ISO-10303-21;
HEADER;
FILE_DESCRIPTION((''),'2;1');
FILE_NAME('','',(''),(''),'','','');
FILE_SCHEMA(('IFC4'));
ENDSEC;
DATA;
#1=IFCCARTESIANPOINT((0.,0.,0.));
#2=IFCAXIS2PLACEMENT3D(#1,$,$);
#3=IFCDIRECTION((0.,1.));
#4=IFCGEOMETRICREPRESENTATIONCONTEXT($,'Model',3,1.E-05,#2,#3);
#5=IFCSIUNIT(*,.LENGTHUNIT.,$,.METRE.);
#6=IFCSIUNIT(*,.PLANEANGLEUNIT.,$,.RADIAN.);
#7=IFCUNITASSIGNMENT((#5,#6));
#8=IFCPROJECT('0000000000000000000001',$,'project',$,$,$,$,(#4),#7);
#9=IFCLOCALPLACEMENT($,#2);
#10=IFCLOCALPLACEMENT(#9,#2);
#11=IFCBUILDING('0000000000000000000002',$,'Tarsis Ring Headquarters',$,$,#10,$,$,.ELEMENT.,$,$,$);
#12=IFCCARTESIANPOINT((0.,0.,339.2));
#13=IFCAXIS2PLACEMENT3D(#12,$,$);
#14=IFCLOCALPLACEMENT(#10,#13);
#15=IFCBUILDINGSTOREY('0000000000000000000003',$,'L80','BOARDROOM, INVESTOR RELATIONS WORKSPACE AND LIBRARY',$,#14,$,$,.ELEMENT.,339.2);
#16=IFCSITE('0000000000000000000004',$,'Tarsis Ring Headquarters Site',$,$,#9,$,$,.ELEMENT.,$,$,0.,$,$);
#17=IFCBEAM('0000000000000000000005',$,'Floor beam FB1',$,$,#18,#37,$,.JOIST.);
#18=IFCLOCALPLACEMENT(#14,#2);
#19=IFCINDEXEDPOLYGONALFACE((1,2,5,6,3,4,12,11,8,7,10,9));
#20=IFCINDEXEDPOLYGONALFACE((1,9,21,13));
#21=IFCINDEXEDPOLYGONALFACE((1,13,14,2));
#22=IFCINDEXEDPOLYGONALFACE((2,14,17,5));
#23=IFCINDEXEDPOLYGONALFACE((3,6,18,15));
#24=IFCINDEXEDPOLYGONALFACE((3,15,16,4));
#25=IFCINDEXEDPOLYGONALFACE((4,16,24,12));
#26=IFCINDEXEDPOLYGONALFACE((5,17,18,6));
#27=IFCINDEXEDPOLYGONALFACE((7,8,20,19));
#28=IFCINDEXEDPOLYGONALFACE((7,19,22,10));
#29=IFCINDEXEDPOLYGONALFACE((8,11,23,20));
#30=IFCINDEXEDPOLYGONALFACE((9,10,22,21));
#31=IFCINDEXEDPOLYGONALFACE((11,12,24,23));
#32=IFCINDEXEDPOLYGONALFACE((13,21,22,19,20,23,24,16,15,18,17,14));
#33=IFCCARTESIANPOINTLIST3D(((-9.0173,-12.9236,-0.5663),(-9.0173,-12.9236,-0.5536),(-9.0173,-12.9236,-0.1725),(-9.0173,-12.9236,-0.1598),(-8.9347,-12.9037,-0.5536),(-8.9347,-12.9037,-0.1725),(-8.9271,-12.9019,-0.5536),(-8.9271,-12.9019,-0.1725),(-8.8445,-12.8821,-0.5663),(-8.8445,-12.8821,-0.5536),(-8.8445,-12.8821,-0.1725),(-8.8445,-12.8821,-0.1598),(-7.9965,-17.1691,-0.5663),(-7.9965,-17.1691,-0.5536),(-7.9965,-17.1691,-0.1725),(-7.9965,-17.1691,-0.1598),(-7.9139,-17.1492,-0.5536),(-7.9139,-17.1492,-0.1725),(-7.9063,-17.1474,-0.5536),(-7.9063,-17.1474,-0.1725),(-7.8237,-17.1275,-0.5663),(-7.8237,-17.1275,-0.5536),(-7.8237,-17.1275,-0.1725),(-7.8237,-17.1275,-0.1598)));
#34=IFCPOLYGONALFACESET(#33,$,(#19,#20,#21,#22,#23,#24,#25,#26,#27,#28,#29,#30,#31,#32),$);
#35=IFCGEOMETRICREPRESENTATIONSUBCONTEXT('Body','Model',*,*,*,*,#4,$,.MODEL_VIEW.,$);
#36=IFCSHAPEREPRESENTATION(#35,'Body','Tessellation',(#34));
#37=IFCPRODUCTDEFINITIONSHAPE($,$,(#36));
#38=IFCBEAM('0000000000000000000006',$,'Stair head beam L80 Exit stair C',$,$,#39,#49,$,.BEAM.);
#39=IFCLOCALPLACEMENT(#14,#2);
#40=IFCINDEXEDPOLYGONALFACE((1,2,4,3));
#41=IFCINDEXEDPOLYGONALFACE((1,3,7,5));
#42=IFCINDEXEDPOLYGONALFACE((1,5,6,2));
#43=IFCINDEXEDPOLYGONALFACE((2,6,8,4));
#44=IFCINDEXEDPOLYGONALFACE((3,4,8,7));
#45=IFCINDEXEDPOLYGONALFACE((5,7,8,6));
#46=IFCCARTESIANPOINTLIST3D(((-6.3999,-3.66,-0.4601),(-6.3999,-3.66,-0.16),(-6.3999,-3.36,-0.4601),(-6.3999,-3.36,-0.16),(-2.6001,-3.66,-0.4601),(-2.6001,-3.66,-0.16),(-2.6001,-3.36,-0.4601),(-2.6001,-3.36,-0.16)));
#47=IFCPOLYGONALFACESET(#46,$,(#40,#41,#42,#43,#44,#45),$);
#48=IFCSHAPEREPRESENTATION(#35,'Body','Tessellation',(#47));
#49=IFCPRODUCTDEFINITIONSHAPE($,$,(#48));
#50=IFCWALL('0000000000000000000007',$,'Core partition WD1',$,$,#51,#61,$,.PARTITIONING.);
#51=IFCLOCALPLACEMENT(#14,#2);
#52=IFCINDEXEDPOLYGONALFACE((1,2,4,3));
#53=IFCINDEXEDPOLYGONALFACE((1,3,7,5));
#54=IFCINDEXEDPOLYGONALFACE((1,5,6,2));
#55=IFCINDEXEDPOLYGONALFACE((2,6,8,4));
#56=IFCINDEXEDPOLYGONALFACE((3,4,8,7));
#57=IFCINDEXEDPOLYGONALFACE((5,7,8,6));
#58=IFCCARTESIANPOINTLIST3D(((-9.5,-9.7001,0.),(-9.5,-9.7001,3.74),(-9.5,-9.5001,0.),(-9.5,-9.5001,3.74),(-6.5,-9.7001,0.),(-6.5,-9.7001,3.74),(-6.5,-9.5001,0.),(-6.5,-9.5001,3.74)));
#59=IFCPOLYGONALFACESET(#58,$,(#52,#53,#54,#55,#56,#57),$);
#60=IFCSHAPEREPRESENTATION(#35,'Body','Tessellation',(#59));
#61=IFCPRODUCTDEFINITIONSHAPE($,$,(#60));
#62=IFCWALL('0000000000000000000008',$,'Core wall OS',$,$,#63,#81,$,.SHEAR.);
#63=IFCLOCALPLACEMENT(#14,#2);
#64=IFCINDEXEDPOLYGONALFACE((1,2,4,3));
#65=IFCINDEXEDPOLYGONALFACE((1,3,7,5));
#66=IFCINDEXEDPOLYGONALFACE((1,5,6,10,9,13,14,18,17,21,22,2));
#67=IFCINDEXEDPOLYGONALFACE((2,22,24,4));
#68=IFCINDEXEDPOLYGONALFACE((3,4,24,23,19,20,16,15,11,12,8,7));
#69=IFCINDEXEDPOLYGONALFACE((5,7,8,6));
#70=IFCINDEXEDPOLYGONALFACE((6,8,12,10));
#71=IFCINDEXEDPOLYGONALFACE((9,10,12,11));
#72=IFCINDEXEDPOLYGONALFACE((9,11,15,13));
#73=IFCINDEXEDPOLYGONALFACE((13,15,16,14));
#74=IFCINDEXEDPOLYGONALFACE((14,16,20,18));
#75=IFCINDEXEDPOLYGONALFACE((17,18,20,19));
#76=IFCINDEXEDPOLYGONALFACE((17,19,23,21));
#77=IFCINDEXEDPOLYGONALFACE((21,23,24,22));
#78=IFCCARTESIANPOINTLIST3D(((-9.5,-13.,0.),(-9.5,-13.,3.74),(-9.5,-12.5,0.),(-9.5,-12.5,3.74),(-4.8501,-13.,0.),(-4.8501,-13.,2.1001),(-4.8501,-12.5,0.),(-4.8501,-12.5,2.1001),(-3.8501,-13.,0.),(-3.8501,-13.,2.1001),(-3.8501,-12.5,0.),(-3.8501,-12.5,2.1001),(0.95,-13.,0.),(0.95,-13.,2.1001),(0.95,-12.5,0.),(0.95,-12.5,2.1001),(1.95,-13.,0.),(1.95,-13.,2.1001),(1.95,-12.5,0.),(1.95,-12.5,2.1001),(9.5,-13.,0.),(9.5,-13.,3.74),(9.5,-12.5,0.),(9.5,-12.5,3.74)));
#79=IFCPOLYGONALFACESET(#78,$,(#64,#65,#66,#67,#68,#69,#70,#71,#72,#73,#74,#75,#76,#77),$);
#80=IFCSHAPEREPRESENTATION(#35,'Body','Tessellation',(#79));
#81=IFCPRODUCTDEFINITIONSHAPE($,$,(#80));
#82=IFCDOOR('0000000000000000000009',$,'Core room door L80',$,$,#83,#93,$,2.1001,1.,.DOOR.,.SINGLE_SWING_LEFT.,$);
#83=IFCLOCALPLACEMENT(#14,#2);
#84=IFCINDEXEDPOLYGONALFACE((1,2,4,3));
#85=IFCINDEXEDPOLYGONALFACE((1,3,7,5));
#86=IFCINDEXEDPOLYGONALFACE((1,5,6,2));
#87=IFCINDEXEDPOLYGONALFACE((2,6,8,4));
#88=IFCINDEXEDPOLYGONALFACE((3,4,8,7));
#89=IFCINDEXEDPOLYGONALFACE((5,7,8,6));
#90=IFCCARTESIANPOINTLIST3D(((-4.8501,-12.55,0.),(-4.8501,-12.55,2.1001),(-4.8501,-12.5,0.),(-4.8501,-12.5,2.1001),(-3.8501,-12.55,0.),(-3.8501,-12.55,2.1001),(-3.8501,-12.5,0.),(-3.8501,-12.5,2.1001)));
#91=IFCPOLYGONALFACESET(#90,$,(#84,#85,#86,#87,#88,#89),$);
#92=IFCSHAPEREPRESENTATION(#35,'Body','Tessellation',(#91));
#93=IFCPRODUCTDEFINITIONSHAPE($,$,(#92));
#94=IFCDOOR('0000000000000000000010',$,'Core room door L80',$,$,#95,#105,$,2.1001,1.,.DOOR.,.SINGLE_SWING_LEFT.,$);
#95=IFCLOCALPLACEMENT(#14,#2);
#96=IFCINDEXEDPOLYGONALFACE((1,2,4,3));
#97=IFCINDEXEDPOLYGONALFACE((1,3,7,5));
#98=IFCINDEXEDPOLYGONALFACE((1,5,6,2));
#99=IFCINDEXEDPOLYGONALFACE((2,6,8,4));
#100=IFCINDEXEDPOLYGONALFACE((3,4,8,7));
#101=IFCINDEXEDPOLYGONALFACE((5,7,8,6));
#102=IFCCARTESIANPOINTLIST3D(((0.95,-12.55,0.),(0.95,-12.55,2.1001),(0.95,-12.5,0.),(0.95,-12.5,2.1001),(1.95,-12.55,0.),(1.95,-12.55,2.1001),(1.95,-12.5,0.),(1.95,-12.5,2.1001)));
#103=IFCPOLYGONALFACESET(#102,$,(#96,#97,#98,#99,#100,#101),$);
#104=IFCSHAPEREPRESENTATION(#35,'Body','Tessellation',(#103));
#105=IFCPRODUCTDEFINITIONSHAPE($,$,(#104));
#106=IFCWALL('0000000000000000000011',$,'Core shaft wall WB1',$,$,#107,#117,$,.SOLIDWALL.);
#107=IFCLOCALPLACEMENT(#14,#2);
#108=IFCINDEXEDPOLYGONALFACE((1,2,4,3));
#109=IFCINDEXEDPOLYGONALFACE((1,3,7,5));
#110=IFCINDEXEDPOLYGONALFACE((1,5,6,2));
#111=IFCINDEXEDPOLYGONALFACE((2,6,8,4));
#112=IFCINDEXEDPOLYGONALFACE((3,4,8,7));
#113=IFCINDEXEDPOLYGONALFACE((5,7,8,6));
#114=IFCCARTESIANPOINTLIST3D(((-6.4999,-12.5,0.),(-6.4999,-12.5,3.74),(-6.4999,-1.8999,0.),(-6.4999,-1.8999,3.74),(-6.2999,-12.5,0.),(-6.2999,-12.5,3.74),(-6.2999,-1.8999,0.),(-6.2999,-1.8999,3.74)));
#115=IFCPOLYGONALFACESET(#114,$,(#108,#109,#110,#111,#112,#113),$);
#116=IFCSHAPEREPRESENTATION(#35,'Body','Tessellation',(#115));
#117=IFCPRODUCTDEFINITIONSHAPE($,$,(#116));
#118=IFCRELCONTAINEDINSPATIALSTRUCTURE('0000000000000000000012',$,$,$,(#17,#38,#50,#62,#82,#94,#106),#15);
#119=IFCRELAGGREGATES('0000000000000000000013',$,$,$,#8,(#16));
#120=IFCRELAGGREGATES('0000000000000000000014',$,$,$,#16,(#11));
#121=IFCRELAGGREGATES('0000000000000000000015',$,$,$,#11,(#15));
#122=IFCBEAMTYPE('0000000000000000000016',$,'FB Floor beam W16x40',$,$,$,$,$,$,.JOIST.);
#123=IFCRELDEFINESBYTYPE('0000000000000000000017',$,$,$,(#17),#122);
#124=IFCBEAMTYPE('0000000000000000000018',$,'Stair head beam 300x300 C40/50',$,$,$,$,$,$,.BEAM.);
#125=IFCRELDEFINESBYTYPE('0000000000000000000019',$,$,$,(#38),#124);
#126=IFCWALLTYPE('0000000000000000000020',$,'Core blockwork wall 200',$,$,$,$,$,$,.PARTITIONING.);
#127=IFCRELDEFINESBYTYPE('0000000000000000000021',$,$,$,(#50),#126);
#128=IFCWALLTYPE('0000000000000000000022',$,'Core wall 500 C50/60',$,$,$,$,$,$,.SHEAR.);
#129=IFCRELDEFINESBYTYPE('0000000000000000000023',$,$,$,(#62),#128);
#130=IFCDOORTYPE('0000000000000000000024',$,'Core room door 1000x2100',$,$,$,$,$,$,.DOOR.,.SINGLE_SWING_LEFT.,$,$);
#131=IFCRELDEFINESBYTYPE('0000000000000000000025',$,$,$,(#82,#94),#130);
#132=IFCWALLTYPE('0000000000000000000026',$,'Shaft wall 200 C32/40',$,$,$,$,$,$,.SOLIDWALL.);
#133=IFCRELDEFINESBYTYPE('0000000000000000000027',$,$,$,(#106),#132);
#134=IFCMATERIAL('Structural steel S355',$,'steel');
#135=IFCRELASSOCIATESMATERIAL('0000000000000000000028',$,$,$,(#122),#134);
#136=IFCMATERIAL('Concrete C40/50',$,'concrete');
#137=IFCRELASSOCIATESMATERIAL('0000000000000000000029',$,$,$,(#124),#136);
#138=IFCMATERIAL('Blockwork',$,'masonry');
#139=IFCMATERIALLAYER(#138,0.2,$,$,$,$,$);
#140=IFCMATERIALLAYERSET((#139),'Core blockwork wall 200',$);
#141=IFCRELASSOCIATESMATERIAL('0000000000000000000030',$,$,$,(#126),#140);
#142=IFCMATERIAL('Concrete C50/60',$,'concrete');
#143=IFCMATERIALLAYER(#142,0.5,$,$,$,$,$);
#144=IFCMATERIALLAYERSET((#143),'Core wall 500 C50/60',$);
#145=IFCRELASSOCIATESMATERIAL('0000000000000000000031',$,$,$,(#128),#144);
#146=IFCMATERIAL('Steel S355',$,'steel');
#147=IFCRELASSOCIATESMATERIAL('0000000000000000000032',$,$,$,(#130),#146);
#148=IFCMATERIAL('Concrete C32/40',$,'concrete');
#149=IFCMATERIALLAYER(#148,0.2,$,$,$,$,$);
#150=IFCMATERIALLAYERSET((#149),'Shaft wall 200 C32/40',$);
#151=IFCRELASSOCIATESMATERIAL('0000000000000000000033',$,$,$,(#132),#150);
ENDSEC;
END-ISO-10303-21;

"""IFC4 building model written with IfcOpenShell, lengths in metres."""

from ifc_helpers import new_model, si_unit, direction, frame, frame_2d, origin, origin_2d, place, context, subcontext, project, spatial, rectangle, i_section, extrude, material, layer, layer_set, material_profile, profile_set, type_object, element, fill, save


model = new_model("IFC4")

# Units and contexts
model_context = context("Model", 3, precision=1e-05, world=origin(), true_north=direction((0.0, 1.0)))
body_context = subcontext(model_context, "Body", "Model", "MODEL_VIEW")
ifc_project = project(units=[si_unit("LENGTHUNIT", "METRE"), si_unit("PLANEANGLEUNIT", "RADIAN")], contexts=[model_context])

# Site, building, storey
site_placement = place(None, origin())
site = spatial("IfcSite", under=ifc_project, at=site_placement, Name="Tarsis Ring Headquarters Site", CompositionType="ELEMENT", RefElevation=0.0)
building_placement = place(site_placement, origin())
building = spatial("IfcBuilding", under=site, at=building_placement, Name="Tarsis Ring Headquarters", CompositionType="ELEMENT")
storey_placement = place(building_placement, frame((0.0, 0.0, 339.2)))
storey = spatial("IfcBuildingStorey", under=building, at=storey_placement, Name="L80", Description="BOARDROOM, INVESTOR RELATIONS WORKSPACE AND LIBRARY", CompositionType="ELEMENT", Elevation=339.2)

# Beams
ifc_material_1 = material(Name="Structural steel S355", Category="steel")
ifc_material_profile_1 = material_profile(ifc_material_1, i_section(OverallWidth=0.1777, OverallDepth=0.4065, WebThickness=0.0078, FlangeThickness=0.0127, at=origin_2d()), Name="W16x40")
ifc_profile_set_1 = profile_set([ifc_material_profile_1], Name="Structural steel S355")
beam_type_1 = type_object("IfcBeamType", Name="FB Floor beam W16x40", PredefinedType="JOIST", material=ifc_profile_set_1)
beam_1_placement = place(storey_placement, frame((-8.9309, -12.9028, -0.363), z_axis=(0.233777, -0.97229, 0.0), x_axis=(0.97229, 0.233777, 0.0)))
element("IfcBeam", 1, at=beam_1_placement, inside=storey, type_object=beam_type_1, Name="Floor beam FB1", PredefinedType="JOIST", context=body_context, shape_type="SweptSolid", body=[
    extrude(i_section(OverallWidth=0.1777, OverallDepth=0.4065, WebThickness=0.0078, FlangeThickness=0.0127, at=origin_2d()), origin(), (0.0, 0.0, 1.0), 4.3665),
])
ifc_material_2 = material(Name="Concrete C40/50", Category="concrete")
ifc_material_profile_2 = material_profile(ifc_material_2, rectangle(XDim=0.3, YDim=0.3, at=origin_2d()), Name="Stair head beam 300x300 C40/50")
ifc_profile_set_2 = profile_set([ifc_material_profile_2], Name="Concrete C40/50")
beam_type_2 = type_object("IfcBeamType", Name="Stair head beam 300x300 C40/50", PredefinedType="BEAM", material=ifc_profile_set_2)
beam_2_placement = place(storey_placement, frame((-6.3999, -3.51, -0.3101), z_axis=(1.0, 0.0, 0.0), x_axis=(0.0, 1.0, 0.0)))
element("IfcBeam", 2, at=beam_2_placement, inside=storey, type_object=beam_type_2, Name="Stair head beam L80 Exit stair C", PredefinedType="BEAM", context=body_context, shape_type="SweptSolid", body=[
    extrude(rectangle(XDim=0.3, YDim=0.3, at=origin_2d()), origin(), (0.0, 0.0, 1.0), 3.7998),
])

# Wall
ifc_material_3 = material(Name="Blockwork", Category="masonry")
ifc_layer_1 = layer(ifc_material_3, 0.2)
ifc_layer_set_1 = layer_set([ifc_layer_1], Name="Core blockwork wall 200")
wall_type_1 = type_object("IfcWallType", Name="Core blockwork wall 200", PredefinedType="PARTITIONING", material=ifc_layer_set_1)
wall_1_placement = place(storey_placement, frame((-9.5, -9.6001, 0.0), z_axis=(0.0, 0.0, 1.0), x_axis=(1.0, 0.0, 0.0)))
element("IfcWall", 3, at=wall_1_placement, inside=storey, type_object=wall_type_1, Name="Core partition WD1", PredefinedType="PARTITIONING", context=body_context, shape_type="SweptSolid", body=[
    extrude(rectangle(XDim=3.0, YDim=0.2, at=frame_2d((1.5, 0.0))), origin(), (0.0, 0.0, 1.0), 3.74),
])

# Wall, openings, doors
ifc_material_4 = material(Name="Concrete C50/60", Category="concrete")
ifc_layer_2 = layer(ifc_material_4, 0.5)
ifc_layer_set_2 = layer_set([ifc_layer_2], Name="Core wall 500 C50/60")
wall_type_2 = type_object("IfcWallType", Name="Core wall 500 C50/60", PredefinedType="SHEAR", material=ifc_layer_set_2)
wall_2_placement = place(storey_placement, frame((-9.5, -12.75, 0.0), z_axis=(0.0, 0.0, 1.0), x_axis=(1.0, 0.0, 0.0)))
wall_2 = element("IfcWall", 4, at=wall_2_placement, inside=storey, type_object=wall_type_2, Name="Core wall OS", PredefinedType="SHEAR", context=body_context, shape_type="SweptSolid", body=[
    extrude(rectangle(XDim=19.0, YDim=0.5, at=frame_2d((9.5, 0.0))), origin(), (0.0, 0.0, 1.0), 3.74),
])
opening_1_placement = place(wall_2_placement, frame((4.6499, 0.0, 0.0)))
opening_1 = element("IfcOpeningElement", 5, at=opening_1_placement, cuts=wall_2, PredefinedType="OPENING", context=body_context, shape_type="SweptSolid", body=[
    extrude(rectangle(XDim=1.0, YDim=2.1001, at=frame_2d((0.5, 1.05))), frame((0.0, 0.26, 0.0), z_axis=(0.0, -1.0, 0.0), x_axis=(1.0, 0.0, 0.0)), (0.0, 0.0, 1.0), 0.52),
])
opening_2_placement = place(wall_2_placement, frame((10.45, 0.0, 0.0)))
opening_2 = element("IfcOpeningElement", 6, at=opening_2_placement, cuts=wall_2, PredefinedType="OPENING", context=body_context, shape_type="SweptSolid", body=[
    extrude(rectangle(XDim=1.0, YDim=2.1001, at=frame_2d((0.5, 1.05))), frame((0.0, 0.26, 0.0), z_axis=(0.0, -1.0, 0.0), x_axis=(1.0, 0.0, 0.0)), (0.0, 0.0, 1.0), 0.52),
])
ifc_material_5 = material(Name="Steel S355", Category="steel")
door_type = type_object("IfcDoorType", Name="Core room door 1000x2100", OperationType="SINGLE_SWING_LEFT", PredefinedType="DOOR", material=ifc_material_5)
door_1_placement = place(opening_1_placement, origin())
door_1 = element("IfcDoor", 7, at=door_1_placement, inside=storey, type_object=door_type, Name="Core room door L80", OperationType="SINGLE_SWING_LEFT", OverallHeight=2.1001, OverallWidth=1.0, PredefinedType="DOOR", context=body_context, shape_type="SweptSolid", body=[
    extrude(rectangle(XDim=1.0, YDim=2.1001, at=frame_2d((0.5, 1.05))), frame((0.0, 0.25, 0.0), z_axis=(0.0, -1.0, 0.0), x_axis=(1.0, 0.0, 0.0)), (0.0, 0.0, 1.0), 0.05),
])
fill(opening_1, door_1)
door_2_placement = place(opening_2_placement, origin())
door_2 = element("IfcDoor", 8, at=door_2_placement, inside=storey, type_object=door_type, Name="Core room door L80", OperationType="SINGLE_SWING_LEFT", OverallHeight=2.1001, OverallWidth=1.0, PredefinedType="DOOR", context=body_context, shape_type="SweptSolid", body=[
    extrude(rectangle(XDim=1.0, YDim=2.1001, at=frame_2d((0.5, 1.05))), frame((0.0, 0.25, 0.0), z_axis=(0.0, -1.0, 0.0), x_axis=(1.0, 0.0, 0.0)), (0.0, 0.0, 1.0), 0.05),
])
fill(opening_2, door_2)

# Wall
ifc_material_6 = material(Name="Concrete C32/40", Category="concrete")
ifc_layer_3 = layer(ifc_material_6, 0.2)
ifc_layer_set_3 = layer_set([ifc_layer_3], Name="Shaft wall 200 C32/40")
wall_type_3 = type_object("IfcWallType", Name="Shaft wall 200 C32/40", PredefinedType="SOLIDWALL", material=ifc_layer_set_3)
wall_3_placement = place(storey_placement, frame((-6.3999, -12.5, 0.0), z_axis=(0.0, 0.0, 1.0), x_axis=(0.0, 1.0, 0.0)))
element("IfcWall", 9, at=wall_3_placement, inside=storey, type_object=wall_type_3, Name="Core shaft wall WB1", PredefinedType="SOLIDWALL", context=body_context, shape_type="SweptSolid", body=[
    extrude(rectangle(XDim=10.6001, YDim=0.2, at=frame_2d((5.3, 0.0))), origin(), (0.0, 0.0, 1.0), 3.74),
])

save(model, "model.ifc")
